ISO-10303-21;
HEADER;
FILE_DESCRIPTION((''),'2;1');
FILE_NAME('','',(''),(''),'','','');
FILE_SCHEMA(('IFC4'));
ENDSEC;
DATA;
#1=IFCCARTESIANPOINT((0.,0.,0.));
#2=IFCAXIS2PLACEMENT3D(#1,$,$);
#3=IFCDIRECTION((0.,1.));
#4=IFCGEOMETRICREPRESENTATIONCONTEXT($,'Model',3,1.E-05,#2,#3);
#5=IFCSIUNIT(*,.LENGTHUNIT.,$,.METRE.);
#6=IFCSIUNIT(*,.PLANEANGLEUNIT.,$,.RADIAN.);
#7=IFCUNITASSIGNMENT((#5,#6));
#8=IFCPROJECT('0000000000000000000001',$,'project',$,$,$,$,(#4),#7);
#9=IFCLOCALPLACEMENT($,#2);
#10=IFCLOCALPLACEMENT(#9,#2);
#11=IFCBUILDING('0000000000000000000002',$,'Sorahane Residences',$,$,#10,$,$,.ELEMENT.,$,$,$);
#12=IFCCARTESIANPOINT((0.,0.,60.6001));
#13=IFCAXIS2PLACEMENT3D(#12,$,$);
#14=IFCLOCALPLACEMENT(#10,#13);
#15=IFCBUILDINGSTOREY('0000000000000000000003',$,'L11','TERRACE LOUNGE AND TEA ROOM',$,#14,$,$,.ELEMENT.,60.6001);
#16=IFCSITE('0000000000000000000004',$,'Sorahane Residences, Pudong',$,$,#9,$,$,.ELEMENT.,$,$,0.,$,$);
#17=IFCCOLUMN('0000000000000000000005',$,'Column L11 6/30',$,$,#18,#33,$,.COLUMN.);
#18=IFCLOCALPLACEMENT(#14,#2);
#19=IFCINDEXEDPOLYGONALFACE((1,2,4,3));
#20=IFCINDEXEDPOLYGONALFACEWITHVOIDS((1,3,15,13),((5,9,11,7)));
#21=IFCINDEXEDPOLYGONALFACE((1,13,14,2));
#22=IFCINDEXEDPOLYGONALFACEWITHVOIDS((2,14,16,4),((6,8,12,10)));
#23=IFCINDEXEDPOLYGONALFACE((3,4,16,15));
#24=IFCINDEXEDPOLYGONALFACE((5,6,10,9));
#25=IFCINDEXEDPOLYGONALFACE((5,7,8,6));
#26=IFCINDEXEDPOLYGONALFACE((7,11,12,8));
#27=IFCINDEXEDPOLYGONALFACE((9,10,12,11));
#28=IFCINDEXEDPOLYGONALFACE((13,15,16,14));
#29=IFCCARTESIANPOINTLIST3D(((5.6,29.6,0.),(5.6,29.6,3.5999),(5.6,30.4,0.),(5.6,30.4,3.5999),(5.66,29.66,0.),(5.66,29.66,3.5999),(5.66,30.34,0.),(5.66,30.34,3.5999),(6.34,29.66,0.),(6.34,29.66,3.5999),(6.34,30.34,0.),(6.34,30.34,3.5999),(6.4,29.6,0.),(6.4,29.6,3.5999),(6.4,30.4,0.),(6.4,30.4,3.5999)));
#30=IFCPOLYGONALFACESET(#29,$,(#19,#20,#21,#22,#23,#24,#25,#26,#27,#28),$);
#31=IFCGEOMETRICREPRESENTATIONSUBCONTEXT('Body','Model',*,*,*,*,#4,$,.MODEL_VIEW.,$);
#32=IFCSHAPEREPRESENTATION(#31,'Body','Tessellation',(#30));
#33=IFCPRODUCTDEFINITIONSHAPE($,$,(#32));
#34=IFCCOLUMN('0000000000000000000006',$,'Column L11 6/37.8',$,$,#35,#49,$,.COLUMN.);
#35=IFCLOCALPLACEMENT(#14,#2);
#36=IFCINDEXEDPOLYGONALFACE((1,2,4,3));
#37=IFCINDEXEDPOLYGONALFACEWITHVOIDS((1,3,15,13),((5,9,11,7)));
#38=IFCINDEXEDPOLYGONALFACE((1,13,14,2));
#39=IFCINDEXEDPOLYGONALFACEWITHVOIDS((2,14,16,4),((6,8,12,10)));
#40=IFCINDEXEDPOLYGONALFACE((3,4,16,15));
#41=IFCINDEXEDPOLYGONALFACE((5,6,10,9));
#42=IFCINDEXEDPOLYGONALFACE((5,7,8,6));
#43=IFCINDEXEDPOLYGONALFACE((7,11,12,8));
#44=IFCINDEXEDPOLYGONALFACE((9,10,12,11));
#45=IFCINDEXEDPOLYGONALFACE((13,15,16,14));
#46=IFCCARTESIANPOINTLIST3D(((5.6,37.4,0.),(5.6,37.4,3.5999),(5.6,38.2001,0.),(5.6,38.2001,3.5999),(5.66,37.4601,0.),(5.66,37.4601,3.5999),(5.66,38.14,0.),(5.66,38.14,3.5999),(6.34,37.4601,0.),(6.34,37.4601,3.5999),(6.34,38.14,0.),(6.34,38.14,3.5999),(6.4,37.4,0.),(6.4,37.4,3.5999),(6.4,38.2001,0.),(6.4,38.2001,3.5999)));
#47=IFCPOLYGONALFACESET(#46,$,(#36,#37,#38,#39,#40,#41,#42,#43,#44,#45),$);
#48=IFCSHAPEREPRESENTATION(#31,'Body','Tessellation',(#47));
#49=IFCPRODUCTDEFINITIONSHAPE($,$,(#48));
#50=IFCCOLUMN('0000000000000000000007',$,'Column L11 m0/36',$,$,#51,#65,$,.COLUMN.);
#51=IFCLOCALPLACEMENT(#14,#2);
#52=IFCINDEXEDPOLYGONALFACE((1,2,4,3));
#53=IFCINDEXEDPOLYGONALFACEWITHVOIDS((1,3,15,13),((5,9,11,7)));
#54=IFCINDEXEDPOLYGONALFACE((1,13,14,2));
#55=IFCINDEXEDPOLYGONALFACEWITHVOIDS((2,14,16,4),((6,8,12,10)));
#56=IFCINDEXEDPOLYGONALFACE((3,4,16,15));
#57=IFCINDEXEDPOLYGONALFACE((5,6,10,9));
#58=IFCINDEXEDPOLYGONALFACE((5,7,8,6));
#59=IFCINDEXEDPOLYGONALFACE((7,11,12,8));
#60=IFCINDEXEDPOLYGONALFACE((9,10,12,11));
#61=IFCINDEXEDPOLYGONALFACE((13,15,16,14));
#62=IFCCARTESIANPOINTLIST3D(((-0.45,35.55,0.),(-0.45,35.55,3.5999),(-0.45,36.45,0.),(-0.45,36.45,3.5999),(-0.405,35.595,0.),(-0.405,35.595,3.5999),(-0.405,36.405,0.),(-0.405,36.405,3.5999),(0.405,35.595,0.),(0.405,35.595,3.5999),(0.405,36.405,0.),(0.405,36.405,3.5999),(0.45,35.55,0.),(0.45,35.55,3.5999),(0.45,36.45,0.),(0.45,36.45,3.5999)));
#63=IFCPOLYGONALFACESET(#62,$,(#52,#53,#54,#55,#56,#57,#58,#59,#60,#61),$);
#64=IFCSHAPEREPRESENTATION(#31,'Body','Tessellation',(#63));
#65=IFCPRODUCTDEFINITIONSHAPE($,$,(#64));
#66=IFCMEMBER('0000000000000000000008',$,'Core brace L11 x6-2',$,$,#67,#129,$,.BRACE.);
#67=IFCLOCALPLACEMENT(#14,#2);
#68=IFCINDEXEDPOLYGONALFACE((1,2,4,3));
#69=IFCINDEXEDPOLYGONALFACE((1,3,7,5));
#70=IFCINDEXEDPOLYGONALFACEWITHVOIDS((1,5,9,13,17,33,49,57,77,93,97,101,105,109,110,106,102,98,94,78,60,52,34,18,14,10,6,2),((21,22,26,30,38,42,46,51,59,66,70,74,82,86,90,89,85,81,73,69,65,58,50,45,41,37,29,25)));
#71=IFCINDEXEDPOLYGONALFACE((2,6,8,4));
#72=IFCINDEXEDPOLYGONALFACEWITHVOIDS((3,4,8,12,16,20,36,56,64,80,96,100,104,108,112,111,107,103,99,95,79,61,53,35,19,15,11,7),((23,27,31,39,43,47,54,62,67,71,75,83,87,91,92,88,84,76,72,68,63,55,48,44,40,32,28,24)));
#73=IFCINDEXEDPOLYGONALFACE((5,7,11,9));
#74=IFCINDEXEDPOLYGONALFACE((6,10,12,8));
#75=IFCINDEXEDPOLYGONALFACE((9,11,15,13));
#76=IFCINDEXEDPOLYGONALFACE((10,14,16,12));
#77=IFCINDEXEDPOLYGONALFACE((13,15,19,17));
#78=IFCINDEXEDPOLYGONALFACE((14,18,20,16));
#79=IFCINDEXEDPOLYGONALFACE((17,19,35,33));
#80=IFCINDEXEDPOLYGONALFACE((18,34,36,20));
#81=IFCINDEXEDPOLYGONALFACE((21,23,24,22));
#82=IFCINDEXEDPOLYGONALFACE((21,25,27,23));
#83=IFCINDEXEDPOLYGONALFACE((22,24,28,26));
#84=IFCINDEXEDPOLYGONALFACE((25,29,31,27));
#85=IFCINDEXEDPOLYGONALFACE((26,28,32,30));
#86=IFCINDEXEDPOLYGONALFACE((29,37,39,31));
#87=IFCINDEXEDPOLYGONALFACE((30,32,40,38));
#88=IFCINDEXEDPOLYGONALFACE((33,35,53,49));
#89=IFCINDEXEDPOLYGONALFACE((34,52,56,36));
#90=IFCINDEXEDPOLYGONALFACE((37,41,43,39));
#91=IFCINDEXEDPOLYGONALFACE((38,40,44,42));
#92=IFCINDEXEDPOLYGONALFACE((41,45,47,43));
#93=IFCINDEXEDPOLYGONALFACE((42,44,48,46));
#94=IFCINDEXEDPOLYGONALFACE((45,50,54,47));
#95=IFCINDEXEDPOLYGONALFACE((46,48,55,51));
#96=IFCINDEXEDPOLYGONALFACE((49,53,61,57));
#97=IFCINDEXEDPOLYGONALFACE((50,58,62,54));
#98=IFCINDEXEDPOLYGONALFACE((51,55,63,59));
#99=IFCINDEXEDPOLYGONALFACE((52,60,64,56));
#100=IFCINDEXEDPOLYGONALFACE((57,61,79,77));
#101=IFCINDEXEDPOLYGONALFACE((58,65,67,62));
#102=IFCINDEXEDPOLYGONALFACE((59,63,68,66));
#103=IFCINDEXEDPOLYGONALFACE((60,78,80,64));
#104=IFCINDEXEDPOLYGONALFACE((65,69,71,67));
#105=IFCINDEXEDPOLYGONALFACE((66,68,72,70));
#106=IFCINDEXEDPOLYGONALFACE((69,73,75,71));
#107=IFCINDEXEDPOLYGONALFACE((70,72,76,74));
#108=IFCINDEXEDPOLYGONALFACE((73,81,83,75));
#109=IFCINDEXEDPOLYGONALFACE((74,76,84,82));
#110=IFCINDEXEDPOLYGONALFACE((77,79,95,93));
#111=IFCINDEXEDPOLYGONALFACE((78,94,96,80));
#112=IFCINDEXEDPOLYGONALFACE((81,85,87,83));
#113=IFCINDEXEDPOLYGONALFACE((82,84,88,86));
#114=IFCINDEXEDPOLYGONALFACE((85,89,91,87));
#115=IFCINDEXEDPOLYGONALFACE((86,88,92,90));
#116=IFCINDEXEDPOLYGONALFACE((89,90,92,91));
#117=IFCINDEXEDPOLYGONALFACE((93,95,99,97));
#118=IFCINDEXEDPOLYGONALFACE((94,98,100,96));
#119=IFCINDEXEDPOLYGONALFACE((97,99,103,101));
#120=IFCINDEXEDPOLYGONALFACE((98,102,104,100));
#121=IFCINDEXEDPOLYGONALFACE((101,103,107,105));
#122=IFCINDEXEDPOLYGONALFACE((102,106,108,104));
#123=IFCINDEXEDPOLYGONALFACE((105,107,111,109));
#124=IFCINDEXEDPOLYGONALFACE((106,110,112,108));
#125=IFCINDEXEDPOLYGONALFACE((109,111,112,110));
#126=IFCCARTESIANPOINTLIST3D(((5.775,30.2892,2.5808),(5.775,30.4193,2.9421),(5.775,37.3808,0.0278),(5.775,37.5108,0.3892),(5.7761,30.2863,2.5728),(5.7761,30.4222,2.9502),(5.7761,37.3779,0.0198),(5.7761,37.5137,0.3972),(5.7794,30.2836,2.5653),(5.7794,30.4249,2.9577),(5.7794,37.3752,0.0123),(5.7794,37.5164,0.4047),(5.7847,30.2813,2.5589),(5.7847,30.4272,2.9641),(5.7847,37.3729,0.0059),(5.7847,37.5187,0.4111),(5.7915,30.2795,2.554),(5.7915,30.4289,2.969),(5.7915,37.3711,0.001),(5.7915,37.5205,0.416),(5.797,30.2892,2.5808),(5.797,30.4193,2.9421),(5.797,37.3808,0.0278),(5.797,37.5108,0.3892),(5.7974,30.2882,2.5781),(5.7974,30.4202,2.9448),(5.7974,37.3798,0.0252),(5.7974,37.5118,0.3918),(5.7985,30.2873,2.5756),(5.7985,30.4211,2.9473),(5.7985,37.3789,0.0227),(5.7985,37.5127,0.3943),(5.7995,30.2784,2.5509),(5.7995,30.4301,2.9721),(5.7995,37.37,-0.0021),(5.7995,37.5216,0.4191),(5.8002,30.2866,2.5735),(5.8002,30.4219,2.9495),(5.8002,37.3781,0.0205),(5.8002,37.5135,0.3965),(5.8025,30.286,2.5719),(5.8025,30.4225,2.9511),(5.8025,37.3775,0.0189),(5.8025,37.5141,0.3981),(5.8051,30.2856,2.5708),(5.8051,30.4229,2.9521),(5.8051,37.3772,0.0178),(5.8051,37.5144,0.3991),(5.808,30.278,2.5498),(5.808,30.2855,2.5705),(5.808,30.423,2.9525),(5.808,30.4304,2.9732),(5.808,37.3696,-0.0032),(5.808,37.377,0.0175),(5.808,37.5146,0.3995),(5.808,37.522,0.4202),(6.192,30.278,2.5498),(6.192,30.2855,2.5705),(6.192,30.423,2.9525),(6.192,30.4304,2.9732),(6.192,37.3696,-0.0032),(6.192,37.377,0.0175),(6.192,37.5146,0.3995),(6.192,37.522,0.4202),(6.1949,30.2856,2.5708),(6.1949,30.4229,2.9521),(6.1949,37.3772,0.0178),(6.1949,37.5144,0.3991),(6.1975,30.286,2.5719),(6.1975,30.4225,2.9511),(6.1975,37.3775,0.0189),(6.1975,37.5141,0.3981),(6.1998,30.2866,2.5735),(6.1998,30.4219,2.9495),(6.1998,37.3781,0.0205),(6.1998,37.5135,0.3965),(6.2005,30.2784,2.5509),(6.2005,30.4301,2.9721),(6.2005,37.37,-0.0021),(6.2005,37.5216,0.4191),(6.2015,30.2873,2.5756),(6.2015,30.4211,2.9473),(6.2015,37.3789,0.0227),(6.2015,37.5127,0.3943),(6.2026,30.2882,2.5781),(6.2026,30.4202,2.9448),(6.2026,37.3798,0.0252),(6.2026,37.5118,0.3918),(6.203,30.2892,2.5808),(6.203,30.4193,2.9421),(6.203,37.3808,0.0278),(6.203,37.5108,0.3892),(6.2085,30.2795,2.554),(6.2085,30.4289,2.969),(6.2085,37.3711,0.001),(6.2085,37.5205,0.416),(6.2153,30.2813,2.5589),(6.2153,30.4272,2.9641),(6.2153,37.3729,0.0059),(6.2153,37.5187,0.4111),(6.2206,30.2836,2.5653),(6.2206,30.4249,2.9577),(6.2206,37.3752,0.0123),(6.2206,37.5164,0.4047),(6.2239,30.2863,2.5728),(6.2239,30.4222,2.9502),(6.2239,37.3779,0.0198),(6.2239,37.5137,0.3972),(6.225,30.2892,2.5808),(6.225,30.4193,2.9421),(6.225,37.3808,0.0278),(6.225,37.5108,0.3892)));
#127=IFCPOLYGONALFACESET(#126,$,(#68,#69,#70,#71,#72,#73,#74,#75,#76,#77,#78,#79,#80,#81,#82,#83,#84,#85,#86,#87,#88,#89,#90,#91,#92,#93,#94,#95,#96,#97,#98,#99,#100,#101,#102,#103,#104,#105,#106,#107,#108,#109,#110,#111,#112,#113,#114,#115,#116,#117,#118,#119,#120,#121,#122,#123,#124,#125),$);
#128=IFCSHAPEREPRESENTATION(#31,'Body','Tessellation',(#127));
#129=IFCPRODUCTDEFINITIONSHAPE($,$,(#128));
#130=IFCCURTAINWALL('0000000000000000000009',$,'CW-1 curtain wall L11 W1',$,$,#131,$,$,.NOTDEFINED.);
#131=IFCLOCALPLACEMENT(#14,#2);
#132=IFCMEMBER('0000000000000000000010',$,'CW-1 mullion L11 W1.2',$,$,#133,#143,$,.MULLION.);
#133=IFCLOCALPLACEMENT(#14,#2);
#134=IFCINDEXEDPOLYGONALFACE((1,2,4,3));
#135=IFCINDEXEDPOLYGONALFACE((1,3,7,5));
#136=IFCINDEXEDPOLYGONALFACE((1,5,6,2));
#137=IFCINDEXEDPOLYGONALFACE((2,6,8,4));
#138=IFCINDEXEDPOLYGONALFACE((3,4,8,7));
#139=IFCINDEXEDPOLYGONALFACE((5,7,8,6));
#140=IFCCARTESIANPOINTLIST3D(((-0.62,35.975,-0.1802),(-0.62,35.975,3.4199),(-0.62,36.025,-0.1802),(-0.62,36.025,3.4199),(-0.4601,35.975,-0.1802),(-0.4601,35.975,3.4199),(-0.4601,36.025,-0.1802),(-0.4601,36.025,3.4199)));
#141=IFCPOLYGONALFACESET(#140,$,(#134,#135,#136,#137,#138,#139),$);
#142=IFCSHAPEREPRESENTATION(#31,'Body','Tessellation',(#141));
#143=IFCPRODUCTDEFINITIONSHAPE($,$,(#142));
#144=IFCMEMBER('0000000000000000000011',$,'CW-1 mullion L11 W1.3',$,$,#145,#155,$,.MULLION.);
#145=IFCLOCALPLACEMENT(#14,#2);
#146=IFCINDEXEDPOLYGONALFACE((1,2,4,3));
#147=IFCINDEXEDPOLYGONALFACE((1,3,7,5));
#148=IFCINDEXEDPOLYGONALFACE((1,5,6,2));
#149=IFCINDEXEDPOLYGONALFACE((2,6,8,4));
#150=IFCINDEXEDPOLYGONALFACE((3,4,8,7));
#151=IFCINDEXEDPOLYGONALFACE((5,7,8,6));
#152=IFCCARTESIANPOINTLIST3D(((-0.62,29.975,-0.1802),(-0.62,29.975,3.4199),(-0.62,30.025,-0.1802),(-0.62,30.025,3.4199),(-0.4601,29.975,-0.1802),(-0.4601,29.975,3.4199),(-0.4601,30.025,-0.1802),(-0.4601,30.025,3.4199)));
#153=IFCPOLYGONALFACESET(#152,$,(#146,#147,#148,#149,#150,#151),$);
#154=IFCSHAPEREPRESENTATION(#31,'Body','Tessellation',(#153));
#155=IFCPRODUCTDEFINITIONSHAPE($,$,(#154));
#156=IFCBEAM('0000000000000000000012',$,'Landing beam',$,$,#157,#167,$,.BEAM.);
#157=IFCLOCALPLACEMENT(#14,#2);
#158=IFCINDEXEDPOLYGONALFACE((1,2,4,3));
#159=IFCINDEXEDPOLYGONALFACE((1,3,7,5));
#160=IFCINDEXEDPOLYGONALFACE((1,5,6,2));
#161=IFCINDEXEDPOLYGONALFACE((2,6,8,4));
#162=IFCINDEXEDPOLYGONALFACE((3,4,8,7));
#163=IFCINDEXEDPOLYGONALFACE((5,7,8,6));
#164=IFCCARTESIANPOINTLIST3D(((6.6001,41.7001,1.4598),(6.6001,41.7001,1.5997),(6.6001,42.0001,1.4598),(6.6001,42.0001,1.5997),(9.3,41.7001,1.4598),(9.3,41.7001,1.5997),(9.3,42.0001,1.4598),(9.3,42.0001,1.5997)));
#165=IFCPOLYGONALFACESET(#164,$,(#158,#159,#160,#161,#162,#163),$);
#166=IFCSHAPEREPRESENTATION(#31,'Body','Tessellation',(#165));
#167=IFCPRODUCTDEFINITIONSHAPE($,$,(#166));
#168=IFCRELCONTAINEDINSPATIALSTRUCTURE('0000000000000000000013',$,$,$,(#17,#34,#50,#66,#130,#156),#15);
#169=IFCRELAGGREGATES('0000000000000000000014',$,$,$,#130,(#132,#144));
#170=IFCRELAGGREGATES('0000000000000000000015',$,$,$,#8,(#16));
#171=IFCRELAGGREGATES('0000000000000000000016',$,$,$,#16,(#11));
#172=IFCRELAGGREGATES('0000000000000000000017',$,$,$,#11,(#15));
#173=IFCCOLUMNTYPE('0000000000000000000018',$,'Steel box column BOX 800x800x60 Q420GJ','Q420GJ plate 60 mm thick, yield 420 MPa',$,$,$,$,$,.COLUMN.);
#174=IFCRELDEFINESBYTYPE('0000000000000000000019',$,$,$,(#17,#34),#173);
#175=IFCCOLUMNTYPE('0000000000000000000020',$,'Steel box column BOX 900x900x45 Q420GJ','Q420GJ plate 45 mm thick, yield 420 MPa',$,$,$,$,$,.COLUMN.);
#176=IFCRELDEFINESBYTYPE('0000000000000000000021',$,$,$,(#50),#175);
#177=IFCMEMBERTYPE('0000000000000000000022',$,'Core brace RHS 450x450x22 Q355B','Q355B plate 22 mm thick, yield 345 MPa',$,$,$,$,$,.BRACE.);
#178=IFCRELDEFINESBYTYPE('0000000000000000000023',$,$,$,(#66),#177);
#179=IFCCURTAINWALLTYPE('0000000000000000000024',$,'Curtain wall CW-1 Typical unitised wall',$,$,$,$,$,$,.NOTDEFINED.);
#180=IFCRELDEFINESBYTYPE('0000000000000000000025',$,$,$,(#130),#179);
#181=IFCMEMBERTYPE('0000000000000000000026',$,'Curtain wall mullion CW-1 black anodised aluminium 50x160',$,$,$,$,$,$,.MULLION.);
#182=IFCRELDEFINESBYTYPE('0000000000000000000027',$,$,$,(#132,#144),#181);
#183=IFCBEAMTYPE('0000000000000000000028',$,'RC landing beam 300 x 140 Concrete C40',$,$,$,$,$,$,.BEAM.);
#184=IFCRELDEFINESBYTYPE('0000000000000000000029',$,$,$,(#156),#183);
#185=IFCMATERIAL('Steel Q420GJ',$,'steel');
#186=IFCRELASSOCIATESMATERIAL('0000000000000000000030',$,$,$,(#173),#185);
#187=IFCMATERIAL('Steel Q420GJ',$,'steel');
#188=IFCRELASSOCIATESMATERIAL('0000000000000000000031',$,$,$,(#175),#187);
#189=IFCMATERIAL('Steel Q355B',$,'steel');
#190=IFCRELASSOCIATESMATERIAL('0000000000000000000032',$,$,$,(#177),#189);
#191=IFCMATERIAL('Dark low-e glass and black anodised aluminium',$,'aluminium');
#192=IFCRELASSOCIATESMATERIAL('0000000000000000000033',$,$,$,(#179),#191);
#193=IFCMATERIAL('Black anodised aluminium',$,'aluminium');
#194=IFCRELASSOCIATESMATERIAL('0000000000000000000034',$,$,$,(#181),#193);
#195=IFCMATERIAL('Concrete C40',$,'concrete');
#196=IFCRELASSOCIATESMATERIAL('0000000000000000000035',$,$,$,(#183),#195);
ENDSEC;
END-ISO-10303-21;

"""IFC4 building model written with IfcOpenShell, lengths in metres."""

from ifc_helpers import new_model, si_unit, direction, frame, origin, origin_2d, place, context, subcontext, project, spatial, rectangle, hollow_rectangle, extrude, material, material_profile, profile_set, type_object, element, aggregate, save


model = new_model("IFC4")

# Units and contexts
model_context = context("Model", 3, precision=1e-05, world=origin(), true_north=direction((0.0, 1.0)))
body_context = subcontext(model_context, "Body", "Model", "MODEL_VIEW")
ifc_project = project(units=[si_unit("LENGTHUNIT", "METRE"), si_unit("PLANEANGLEUNIT", "RADIAN")], contexts=[model_context])

# Site, building, storey
site_placement = place(None, origin())
site = spatial("IfcSite", under=ifc_project, at=site_placement, Name="Sorahane Residences, Pudong", CompositionType="ELEMENT", RefElevation=0.0)
building_placement = place(site_placement, origin())
building = spatial("IfcBuilding", under=site, at=building_placement, Name="Sorahane Residences", CompositionType="ELEMENT")
storey_placement = place(building_placement, frame((0.0, 0.0, 60.6001)))
storey = spatial("IfcBuildingStorey", under=building, at=storey_placement, Name="L11", Description="TERRACE LOUNGE AND TEA ROOM", CompositionType="ELEMENT", Elevation=60.6001)

# Columns
ifc_material_1 = material(Name="Steel Q420GJ", Category="steel")
ifc_material_profile_1 = material_profile(ifc_material_1, hollow_rectangle(XDim=0.8, YDim=0.8, WallThickness=0.0601, at=origin_2d()), Name="BOX 800x800x60")
ifc_profile_set_1 = profile_set([ifc_material_profile_1], Name="Steel Q420GJ")
column_type_1 = type_object("IfcColumnType", Name="Steel box column BOX 800x800x60 Q420GJ", Description="Q420GJ plate 60 mm thick, yield 420 MPa", PredefinedType="COLUMN", material=ifc_profile_set_1)
for number, where, z_axis, x_axis, name in (
    (1, (6.0, 30.0, 0.0), (0.0, 0.0, 1.0), (1.0, 0.0, 0.0), "Column L11 6/30"),
    (2, (6.0, 37.8, 0.0), (0.0, 0.0, 1.0), (1.0, 0.0, 0.0), "Column L11 6/37.8"),
):
    element("IfcColumn", number, at=place(storey_placement, frame(where, z_axis=z_axis, x_axis=x_axis)), inside=storey, type_object=column_type_1, Name=name, PredefinedType="COLUMN", context=body_context, shape_type="SweptSolid", body=[
        extrude(hollow_rectangle(XDim=0.8, YDim=0.8, WallThickness=0.0601, at=origin_2d()), origin(), (0.0, 0.0, 1.0), 3.5999),
    ])
ifc_material_2 = material(Name="Steel Q420GJ", Category="steel")
ifc_material_profile_2 = material_profile(ifc_material_2, hollow_rectangle(XDim=0.8999, YDim=0.8999, WallThickness=0.0449, at=origin_2d()), Name="BOX 900x900x45")
ifc_profile_set_2 = profile_set([ifc_material_profile_2], Name="Steel Q420GJ")
column_type_2 = type_object("IfcColumnType", Name="Steel box column BOX 900x900x45 Q420GJ", Description="Q420GJ plate 45 mm thick, yield 420 MPa", PredefinedType="COLUMN", material=ifc_profile_set_2)
column_placement = place(storey_placement, frame((0.0, 36.0, 0.0), z_axis=(0.0, 0.0, 1.0), x_axis=(1.0, 0.0, 0.0)))
element("IfcColumn", 3, at=column_placement, inside=storey, type_object=column_type_2, Name="Column L11 m0/36", PredefinedType="COLUMN", context=body_context, shape_type="SweptSolid", body=[
    extrude(hollow_rectangle(XDim=0.8999, YDim=0.8999, WallThickness=0.0449, at=origin_2d()), origin(), (0.0, 0.0, 1.0), 3.5999),
])

# Member
ifc_material_3 = material(Name="Steel Q355B", Category="steel")
ifc_material_profile_3 = material_profile(ifc_material_3, hollow_rectangle(XDim=0.45, YDim=0.45, WallThickness=0.022, InnerFilletRadius=0.011, OuterFilletRadius=0.033, at=origin_2d()), Name="RHS 450x450x22")
ifc_profile_set_3 = profile_set([ifc_material_profile_3], Name="Steel Q355B")
member_type_1 = type_object("IfcMemberType", Name="Core brace RHS 450x450x22 Q355B", Description="Q355B plate 22 mm thick, yield 345 MPa", PredefinedType="BRACE", material=ifc_profile_set_3)
member_1_placement = place(storey_placement, frame((6.0, 37.4458, 0.2085), z_axis=(0.0, -0.940887, 0.338722), x_axis=(1.0, 0.0, 0.0)))
element("IfcMember", 4, at=member_1_placement, inside=storey, type_object=member_type_1, Name="Core brace L11 x6-2", PredefinedType="BRACE", context=body_context, shape_type="SweptSolid", body=[
    extrude(hollow_rectangle(XDim=0.45, YDim=0.45, WallThickness=0.022, InnerFilletRadius=0.011, OuterFilletRadius=0.033, at=origin_2d()), origin(), (0.0, 0.0, 1.0), 7.5371),
])

# Curtain wall, members
ifc_material_4 = material(Name="Dark low-e glass and black anodised aluminium", Category="aluminium")
curtain_wall_type = type_object("IfcCurtainWallType", Name="Curtain wall CW-1 Typical unitised wall", PredefinedType="NOTDEFINED", material=ifc_material_4)
curtain_wall_placement = place(storey_placement, origin())
curtain_wall = element("IfcCurtainWall", 5, at=curtain_wall_placement, inside=storey, type_object=curtain_wall_type, Name="CW-1 curtain wall L11 W1", PredefinedType="NOTDEFINED")
ifc_material_5 = material(Name="Black anodised aluminium", Category="aluminium")
ifc_material_profile_4 = material_profile(ifc_material_5, rectangle(XDim=0.1599, YDim=0.05, at=origin_2d()), Name="Curtain wall mullion CW-1 black anodised aluminium 50x160")
ifc_profile_set_4 = profile_set([ifc_material_profile_4], Name="Black anodised aluminium")
member_type_2 = type_object("IfcMemberType", Name="Curtain wall mullion CW-1 black anodised aluminium 50x160", PredefinedType="MULLION", material=ifc_profile_set_4)
member_2_placement = place(storey_placement, frame((-0.54, 36.0, -0.1802), z_axis=(0.0, 0.0, 1.0), x_axis=(-1.0, 0.0, 0.0)))
member_2 = element("IfcMember", 6, at=member_2_placement, type_object=member_type_2, Name="CW-1 mullion L11 W1.2", PredefinedType="MULLION", context=body_context, shape_type="SweptSolid", body=[
    extrude(rectangle(XDim=0.1599, YDim=0.05, at=origin_2d()), origin(), (0.0, 0.0, 1.0), 3.6001),
])
member_3_placement = place(storey_placement, frame((-0.54, 30.0, -0.1802), z_axis=(0.0, 0.0, 1.0), x_axis=(-1.0, 0.0, 0.0)))
member_3 = element("IfcMember", 7, at=member_3_placement, type_object=member_type_2, Name="CW-1 mullion L11 W1.3", PredefinedType="MULLION", context=body_context, shape_type="SweptSolid", body=[
    extrude(rectangle(XDim=0.1599, YDim=0.05, at=origin_2d()), origin(), (0.0, 0.0, 1.0), 3.6001),
])

# Beam
ifc_material_6 = material(Name="Concrete C40", Category="concrete")
ifc_material_profile_5 = material_profile(ifc_material_6, rectangle(XDim=0.3, YDim=0.1399, at=origin_2d()), Name="300x140")
ifc_profile_set_5 = profile_set([ifc_material_profile_5], Name="Concrete C40")
beam_type_1 = type_object("IfcBeamType", Name="RC landing beam 300 x 140 Concrete C40", PredefinedType="BEAM", material=ifc_profile_set_5)
beam_1_placement = place(storey_placement, frame((6.6001, 41.8501, 1.5298), z_axis=(1.0, 0.0, 0.0), x_axis=(0.0, 1.0, 0.0)))
element("IfcBeam", 8, at=beam_1_placement, inside=storey, type_object=beam_type_1, Name="Landing beam", PredefinedType="BEAM", context=body_context, shape_type="SweptSolid", body=[
    extrude(rectangle(XDim=0.3, YDim=0.1399, at=origin_2d()), origin(), (0.0, 0.0, 1.0), 2.7),
])

aggregate(curtain_wall, [member_2, member_3])

save(model, "model.ifc")
